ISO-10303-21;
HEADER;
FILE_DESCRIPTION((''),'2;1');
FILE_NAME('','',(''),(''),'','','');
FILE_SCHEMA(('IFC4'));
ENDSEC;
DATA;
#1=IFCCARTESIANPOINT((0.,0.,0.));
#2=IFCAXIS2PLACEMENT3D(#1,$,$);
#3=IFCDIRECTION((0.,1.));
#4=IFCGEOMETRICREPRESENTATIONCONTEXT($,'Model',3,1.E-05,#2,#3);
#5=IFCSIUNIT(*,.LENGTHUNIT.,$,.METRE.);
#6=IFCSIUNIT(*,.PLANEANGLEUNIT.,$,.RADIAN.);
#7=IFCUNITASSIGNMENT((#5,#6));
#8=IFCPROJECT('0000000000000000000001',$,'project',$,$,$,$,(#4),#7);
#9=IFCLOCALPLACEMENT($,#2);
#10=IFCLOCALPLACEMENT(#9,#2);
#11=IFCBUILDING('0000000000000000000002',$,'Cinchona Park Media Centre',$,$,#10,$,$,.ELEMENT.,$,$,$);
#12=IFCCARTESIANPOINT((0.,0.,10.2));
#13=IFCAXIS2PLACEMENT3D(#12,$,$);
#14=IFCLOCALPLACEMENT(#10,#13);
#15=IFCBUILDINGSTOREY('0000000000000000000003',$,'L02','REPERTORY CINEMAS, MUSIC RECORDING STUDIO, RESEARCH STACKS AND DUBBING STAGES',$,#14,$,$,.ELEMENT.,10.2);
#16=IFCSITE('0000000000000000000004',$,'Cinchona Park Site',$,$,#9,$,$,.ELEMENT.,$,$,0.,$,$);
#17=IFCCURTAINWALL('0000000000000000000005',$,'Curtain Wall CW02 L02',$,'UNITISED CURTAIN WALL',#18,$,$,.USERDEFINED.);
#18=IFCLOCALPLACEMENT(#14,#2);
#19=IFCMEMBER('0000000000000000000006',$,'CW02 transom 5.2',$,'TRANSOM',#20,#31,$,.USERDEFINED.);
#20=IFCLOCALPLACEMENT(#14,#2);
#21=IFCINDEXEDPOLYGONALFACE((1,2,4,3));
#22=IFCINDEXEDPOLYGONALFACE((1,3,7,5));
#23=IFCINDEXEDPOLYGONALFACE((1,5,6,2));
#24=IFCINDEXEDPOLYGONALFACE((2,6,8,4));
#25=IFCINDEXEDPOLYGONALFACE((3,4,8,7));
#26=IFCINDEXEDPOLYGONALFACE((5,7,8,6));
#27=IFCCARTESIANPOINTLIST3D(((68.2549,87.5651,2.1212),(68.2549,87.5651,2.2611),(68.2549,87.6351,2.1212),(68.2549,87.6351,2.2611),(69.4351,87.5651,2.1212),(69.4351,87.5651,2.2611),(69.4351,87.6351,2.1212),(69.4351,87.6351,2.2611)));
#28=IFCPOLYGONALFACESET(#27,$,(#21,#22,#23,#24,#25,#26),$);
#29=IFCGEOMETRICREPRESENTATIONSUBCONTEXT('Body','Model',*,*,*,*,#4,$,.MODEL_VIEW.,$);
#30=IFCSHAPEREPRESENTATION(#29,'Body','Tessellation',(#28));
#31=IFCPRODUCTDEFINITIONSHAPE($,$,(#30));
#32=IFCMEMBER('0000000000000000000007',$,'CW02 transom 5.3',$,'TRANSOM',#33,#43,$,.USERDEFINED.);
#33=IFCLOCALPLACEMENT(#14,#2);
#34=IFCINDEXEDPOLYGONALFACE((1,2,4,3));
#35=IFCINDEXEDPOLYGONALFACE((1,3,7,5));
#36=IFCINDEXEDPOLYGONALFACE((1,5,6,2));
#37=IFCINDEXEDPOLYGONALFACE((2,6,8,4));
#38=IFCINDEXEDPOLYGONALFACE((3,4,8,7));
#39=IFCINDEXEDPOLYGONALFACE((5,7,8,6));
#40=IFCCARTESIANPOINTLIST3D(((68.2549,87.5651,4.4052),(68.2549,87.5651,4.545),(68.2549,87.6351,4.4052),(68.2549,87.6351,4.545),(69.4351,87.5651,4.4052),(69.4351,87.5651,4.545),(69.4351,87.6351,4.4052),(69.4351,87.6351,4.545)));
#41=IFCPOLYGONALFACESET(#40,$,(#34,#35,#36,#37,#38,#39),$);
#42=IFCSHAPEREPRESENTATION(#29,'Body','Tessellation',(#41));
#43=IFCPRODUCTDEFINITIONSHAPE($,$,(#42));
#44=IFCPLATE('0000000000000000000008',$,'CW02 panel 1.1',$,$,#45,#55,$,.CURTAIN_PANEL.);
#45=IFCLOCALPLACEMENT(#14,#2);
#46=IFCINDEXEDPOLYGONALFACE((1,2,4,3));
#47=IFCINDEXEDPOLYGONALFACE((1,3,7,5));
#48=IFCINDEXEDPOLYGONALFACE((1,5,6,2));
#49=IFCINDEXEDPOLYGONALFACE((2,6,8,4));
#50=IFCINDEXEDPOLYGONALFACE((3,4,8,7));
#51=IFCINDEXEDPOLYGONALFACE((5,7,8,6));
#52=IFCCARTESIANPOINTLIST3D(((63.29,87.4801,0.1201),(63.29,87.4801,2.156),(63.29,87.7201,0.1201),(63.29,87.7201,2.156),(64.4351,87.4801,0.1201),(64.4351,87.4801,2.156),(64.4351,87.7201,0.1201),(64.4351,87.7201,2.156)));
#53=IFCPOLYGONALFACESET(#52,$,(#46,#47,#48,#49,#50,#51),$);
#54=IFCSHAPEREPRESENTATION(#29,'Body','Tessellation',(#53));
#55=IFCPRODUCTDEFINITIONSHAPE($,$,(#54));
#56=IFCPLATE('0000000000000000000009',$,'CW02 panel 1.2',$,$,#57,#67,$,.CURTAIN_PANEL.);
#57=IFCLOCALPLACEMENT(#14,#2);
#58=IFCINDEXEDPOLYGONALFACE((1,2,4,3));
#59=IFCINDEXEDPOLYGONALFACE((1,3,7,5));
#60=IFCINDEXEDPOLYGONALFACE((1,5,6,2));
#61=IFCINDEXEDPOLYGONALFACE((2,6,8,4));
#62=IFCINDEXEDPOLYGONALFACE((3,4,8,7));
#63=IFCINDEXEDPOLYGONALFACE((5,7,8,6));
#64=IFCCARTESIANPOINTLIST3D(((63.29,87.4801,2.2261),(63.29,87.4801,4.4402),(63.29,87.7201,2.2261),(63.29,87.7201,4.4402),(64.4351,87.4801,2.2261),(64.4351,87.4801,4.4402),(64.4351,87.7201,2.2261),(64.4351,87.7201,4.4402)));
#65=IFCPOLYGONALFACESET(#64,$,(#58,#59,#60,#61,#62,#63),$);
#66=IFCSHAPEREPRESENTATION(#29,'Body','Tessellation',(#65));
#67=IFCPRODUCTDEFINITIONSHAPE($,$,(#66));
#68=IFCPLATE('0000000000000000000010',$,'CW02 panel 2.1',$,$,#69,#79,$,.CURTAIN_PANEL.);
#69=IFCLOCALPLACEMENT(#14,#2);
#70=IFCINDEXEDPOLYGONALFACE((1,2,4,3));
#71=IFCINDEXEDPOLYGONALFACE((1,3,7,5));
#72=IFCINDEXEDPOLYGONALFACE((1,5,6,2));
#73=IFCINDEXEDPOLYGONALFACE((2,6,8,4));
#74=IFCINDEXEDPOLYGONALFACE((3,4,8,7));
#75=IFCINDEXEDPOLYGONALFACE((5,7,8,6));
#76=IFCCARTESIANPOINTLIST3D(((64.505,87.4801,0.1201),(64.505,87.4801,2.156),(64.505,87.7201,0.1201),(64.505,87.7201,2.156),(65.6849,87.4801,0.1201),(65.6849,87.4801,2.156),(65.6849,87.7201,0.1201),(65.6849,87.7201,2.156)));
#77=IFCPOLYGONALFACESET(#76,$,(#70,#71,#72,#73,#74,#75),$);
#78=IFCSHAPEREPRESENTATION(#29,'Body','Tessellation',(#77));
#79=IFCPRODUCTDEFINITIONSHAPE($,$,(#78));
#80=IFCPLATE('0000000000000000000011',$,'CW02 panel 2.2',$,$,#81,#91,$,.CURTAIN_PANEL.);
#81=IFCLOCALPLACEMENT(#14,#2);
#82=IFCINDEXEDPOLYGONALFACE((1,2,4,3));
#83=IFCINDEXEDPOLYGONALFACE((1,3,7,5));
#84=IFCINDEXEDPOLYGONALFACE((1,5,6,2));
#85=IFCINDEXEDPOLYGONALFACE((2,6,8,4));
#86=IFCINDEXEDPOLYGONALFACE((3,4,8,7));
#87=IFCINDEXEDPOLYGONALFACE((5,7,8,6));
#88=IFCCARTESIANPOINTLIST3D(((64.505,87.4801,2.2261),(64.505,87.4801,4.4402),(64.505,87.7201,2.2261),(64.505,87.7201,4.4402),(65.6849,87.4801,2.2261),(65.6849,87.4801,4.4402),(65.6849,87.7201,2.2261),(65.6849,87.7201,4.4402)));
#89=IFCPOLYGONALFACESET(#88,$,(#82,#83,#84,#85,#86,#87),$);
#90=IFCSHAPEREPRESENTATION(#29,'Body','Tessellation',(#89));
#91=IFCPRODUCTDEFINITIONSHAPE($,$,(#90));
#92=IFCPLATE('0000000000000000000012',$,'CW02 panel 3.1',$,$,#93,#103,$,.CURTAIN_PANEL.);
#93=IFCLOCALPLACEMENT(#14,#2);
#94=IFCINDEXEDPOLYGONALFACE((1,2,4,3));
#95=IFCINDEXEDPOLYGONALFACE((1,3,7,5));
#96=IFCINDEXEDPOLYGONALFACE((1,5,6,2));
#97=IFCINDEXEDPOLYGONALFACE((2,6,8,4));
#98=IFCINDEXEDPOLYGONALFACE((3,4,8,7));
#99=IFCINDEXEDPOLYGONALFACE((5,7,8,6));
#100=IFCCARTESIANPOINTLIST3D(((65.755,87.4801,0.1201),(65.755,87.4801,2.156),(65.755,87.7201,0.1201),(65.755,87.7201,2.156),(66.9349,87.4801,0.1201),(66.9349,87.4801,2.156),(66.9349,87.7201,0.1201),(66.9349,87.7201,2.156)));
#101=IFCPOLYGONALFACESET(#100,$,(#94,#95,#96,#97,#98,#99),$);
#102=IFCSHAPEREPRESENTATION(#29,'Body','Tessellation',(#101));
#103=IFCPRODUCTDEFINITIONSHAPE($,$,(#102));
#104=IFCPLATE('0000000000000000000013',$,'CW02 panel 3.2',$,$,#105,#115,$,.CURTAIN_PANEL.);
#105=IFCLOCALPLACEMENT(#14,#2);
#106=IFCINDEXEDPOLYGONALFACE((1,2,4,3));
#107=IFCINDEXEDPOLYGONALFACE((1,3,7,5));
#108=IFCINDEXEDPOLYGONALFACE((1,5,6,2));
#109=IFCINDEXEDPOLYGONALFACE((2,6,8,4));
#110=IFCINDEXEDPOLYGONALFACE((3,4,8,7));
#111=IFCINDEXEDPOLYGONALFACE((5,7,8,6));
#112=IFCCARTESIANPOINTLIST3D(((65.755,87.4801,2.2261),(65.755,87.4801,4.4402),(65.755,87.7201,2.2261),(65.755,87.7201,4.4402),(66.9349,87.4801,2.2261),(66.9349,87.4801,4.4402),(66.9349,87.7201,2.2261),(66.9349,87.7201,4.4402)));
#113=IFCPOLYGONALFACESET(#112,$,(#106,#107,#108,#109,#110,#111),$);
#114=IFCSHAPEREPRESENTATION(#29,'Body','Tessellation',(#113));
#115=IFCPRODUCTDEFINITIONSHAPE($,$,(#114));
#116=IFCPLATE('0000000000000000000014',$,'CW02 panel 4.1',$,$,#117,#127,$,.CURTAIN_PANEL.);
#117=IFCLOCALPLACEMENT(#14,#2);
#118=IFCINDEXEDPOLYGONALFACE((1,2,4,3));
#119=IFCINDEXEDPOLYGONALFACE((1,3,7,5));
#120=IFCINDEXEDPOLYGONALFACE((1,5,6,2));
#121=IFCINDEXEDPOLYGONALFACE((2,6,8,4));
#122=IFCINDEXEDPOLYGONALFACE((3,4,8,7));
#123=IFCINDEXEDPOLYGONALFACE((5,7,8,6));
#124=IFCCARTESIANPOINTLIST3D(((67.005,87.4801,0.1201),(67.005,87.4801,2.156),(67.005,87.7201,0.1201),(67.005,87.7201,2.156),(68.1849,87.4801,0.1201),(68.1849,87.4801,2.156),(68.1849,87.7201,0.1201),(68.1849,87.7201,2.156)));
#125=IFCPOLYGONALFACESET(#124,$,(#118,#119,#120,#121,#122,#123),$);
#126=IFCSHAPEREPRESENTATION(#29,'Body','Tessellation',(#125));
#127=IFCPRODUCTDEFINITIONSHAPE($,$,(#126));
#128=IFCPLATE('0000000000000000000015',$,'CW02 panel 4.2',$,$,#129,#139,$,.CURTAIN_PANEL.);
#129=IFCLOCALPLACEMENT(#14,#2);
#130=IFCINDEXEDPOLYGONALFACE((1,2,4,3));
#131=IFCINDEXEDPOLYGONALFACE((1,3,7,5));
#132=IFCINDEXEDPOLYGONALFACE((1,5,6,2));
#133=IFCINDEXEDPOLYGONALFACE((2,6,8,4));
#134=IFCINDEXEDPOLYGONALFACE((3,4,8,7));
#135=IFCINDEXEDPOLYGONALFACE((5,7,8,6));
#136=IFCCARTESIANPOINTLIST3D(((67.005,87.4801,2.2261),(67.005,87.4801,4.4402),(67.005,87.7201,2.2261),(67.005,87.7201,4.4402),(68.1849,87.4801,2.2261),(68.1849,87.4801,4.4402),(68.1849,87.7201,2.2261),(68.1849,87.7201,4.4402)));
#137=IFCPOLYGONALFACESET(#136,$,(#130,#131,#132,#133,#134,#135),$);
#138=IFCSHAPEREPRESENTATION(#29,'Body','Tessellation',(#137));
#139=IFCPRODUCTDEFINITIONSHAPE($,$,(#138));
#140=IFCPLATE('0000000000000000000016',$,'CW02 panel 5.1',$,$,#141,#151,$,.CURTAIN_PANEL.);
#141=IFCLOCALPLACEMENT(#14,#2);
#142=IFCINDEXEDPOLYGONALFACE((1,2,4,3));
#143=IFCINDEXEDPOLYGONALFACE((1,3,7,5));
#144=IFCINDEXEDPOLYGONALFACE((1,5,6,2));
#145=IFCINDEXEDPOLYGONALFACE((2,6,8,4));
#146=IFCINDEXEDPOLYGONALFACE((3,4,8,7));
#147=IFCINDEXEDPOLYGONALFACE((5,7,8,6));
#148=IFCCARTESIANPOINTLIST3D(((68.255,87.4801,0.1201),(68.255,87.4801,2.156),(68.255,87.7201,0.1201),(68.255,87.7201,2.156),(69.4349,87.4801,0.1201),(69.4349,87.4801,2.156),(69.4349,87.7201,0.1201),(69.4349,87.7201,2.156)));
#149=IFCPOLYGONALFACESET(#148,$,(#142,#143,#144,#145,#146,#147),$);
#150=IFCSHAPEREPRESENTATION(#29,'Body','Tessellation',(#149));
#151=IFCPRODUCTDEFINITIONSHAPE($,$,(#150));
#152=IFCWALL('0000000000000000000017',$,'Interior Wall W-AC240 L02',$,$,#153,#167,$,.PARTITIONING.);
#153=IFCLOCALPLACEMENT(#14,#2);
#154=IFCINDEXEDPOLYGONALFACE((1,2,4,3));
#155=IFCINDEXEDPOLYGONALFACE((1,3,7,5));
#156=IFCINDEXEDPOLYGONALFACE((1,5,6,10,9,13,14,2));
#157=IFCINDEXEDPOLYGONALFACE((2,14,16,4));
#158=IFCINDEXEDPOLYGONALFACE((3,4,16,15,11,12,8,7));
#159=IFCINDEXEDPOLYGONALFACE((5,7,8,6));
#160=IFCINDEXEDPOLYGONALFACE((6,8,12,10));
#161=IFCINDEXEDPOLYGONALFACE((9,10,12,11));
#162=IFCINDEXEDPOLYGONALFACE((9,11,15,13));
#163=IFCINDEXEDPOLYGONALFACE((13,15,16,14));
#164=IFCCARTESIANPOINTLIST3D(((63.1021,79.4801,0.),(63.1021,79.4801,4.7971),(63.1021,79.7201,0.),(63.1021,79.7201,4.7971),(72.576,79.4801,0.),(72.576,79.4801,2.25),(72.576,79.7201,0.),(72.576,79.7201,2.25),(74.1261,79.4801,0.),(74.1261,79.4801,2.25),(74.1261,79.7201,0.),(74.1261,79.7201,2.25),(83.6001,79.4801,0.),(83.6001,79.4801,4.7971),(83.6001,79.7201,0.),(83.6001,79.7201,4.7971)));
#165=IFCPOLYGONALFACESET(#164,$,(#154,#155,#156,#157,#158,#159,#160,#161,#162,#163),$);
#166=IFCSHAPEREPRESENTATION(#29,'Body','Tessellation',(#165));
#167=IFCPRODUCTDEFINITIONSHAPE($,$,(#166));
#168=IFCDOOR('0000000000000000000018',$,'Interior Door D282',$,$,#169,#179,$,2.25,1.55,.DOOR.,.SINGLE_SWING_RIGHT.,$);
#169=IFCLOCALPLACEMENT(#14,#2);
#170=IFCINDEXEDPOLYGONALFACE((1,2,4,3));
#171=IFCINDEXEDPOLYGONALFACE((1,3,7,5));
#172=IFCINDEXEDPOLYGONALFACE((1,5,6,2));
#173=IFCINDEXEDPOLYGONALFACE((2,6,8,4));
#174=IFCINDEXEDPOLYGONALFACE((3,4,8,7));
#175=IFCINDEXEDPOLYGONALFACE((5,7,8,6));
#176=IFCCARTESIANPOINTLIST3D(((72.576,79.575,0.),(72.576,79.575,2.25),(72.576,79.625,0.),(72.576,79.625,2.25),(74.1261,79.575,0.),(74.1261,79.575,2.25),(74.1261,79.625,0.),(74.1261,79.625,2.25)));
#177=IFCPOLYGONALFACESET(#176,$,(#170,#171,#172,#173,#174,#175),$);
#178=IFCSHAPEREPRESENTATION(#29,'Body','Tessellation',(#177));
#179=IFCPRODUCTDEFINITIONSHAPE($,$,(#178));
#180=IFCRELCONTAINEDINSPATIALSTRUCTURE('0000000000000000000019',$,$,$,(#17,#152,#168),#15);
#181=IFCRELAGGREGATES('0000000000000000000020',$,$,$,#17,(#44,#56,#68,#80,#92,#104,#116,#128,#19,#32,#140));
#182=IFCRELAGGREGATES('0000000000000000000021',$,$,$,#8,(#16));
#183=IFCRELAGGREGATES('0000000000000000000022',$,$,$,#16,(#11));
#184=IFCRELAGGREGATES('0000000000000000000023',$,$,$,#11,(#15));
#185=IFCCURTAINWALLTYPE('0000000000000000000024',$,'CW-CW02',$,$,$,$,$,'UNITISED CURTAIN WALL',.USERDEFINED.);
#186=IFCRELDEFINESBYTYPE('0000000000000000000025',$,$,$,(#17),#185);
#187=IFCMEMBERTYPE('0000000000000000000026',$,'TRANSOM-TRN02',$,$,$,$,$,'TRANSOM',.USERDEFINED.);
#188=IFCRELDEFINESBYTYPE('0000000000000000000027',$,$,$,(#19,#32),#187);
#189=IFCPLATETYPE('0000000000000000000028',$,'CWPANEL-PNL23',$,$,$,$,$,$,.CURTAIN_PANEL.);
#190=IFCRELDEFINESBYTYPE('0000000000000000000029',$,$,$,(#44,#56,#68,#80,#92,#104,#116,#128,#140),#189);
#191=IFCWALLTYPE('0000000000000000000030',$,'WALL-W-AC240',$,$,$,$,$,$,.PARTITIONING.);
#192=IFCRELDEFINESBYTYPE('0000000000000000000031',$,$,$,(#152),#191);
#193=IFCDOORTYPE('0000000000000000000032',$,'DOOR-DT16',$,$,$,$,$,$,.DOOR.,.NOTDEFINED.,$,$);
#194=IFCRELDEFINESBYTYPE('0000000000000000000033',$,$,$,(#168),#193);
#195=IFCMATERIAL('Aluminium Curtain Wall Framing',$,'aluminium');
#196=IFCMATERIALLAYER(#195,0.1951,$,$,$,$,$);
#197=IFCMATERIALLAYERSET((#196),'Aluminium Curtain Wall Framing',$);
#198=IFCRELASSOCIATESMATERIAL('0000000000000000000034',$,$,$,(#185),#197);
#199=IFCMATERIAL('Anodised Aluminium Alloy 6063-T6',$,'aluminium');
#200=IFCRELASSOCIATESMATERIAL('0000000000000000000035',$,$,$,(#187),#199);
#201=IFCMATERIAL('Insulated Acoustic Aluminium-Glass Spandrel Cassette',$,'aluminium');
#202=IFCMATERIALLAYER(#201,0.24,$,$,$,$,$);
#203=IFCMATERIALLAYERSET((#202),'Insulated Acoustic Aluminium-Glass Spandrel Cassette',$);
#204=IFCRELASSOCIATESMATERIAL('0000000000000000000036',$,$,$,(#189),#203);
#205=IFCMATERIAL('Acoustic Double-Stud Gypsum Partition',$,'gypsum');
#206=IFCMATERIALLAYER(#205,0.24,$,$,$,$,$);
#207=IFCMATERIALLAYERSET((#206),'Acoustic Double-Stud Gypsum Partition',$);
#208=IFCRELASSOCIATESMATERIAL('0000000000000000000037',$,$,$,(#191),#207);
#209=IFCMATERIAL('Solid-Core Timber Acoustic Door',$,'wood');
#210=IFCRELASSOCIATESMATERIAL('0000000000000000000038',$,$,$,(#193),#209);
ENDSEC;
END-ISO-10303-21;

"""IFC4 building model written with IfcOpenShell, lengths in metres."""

from ifc_helpers import new_model, si_unit, direction, frame, frame_2d, origin, origin_2d, place, context, subcontext, project, spatial, rectangle, extrude, material, layer, layer_set, material_profile, profile_set, type_object, element, fill, aggregate, save


model = new_model("IFC4")

# Units and contexts
model_context = context("Model", 3, precision=1e-05, world=origin(), true_north=direction((0.0, 1.0)))
body_context = subcontext(model_context, "Body", "Model", "MODEL_VIEW")
ifc_project = project(units=[si_unit("LENGTHUNIT", "METRE"), si_unit("PLANEANGLEUNIT", "RADIAN")], contexts=[model_context])

# Site, building, storey
site_placement = place(None, origin())
site = spatial("IfcSite", under=ifc_project, at=site_placement, Name="Cinchona Park Site", CompositionType="ELEMENT", RefElevation=0.0)
building_placement = place(site_placement, origin())
building = spatial("IfcBuilding", under=site, at=building_placement, Name="Cinchona Park Media Centre", CompositionType="ELEMENT")
storey_placement = place(building_placement, frame((0.0, 0.0, 10.2)))
storey = spatial("IfcBuildingStorey", under=building, at=storey_placement, Name="L02", Description="REPERTORY CINEMAS, MUSIC RECORDING STUDIO, RESEARCH STACKS AND DUBBING STAGES", CompositionType="ELEMENT", Elevation=10.2)

# Curtain wall
ifc_material_1 = material(Name="Aluminium Curtain Wall Framing", Category="aluminium")
ifc_layer_1 = layer(ifc_material_1, 0.1951)
ifc_layer_set_1 = layer_set([ifc_layer_1], Name="Aluminium Curtain Wall Framing")
curtain_wall_type_1 = type_object("IfcCurtainWallType", Name="CW-CW02", ElementType="UNITISED CURTAIN WALL", PredefinedType="USERDEFINED", material=ifc_layer_set_1)
curtain_wall_1_placement = place(storey_placement, origin())
curtain_wall_1 = element("IfcCurtainWall", 1, at=curtain_wall_1_placement, inside=storey, type_object=curtain_wall_type_1, Name="Curtain Wall CW02 L02", ObjectType="UNITISED CURTAIN WALL", PredefinedType="USERDEFINED")

# Members
ifc_material_2 = material(Name="Anodised Aluminium Alloy 6063-T6", Category="aluminium")
ifc_material_profile_1 = material_profile(ifc_material_2, rectangle(XDim=0.0701, YDim=0.1399, at=origin_2d()), Name="TRN-70X140")
ifc_profile_set_1 = profile_set([ifc_material_profile_1], Name="Anodised Aluminium Alloy 6063-T6")
member_type_1 = type_object("IfcMemberType", Name="TRANSOM-TRN02", ElementType="TRANSOM", PredefinedType="USERDEFINED", material=ifc_profile_set_1)
member_1_placement = place(storey_placement, frame((68.2549, 87.6001, 2.1912), z_axis=(1.0, 0.0, 0.0), x_axis=(0.0, 1.0, 0.0)))
member_1 = element("IfcMember", 2, at=member_1_placement, type_object=member_type_1, Name="CW02 transom 5.2", ObjectType="TRANSOM", PredefinedType="USERDEFINED", context=body_context, shape_type="SweptSolid", body=[
    extrude(rectangle(XDim=0.0701, YDim=0.1399, at=origin_2d()), origin(), (0.0, 0.0, 1.0), 1.1802),
])
member_2_placement = place(storey_placement, frame((68.2549, 87.6001, 4.4751), z_axis=(1.0, 0.0, 0.0), x_axis=(0.0, 1.0, 0.0)))
member_2 = element("IfcMember", 3, at=member_2_placement, type_object=member_type_1, Name="CW02 transom 5.3", ObjectType="TRANSOM", PredefinedType="USERDEFINED", context=body_context, shape_type="SweptSolid", body=[
    extrude(rectangle(XDim=0.0701, YDim=0.1399, at=origin_2d()), origin(), (0.0, 0.0, 1.0), 1.1802),
])

# Plates
ifc_material_3 = material(Name="Insulated Acoustic Aluminium-Glass Spandrel Cassette", Category="aluminium")
ifc_layer_2 = layer(ifc_material_3, 0.24)
ifc_layer_set_2 = layer_set([ifc_layer_2], Name="Insulated Acoustic Aluminium-Glass Spandrel Cassette")
plate_type = type_object("IfcPlateType", Name="CWPANEL-PNL23", PredefinedType="CURTAIN_PANEL", material=ifc_layer_set_2)
plate_1_placement = place(storey_placement, frame((63.8625, 87.6001, 0.1201), z_axis=(0.0, 0.0, 1.0), x_axis=(1.0, 0.0, 0.0)))
plate_1 = element("IfcPlate", 4, at=plate_1_placement, type_object=plate_type, Name="CW02 panel 1.1", PredefinedType="CURTAIN_PANEL", context=body_context, shape_type="SweptSolid", body=[
    extrude(rectangle(XDim=1.145, YDim=0.24, at=origin_2d()), origin(), (0.0, 0.0, 1.0), 2.0359),
])
plate_2_placement = place(storey_placement, frame((63.8625, 87.6001, 2.2261), z_axis=(0.0, 0.0, 1.0), x_axis=(1.0, 0.0, 0.0)))
plate_2 = element("IfcPlate", 5, at=plate_2_placement, type_object=plate_type, Name="CW02 panel 1.2", PredefinedType="CURTAIN_PANEL", context=body_context, shape_type="SweptSolid", body=[
    extrude(rectangle(XDim=1.145, YDim=0.24, at=origin_2d()), origin(), (0.0, 0.0, 1.0), 2.2141),
])
plate_3_placement = place(storey_placement, frame((65.095, 87.6001, 0.1201), z_axis=(0.0, 0.0, 1.0), x_axis=(1.0, 0.0, 0.0)))
plate_3 = element("IfcPlate", 6, at=plate_3_placement, type_object=plate_type, Name="CW02 panel 2.1", PredefinedType="CURTAIN_PANEL", context=body_context, shape_type="SweptSolid", body=[
    extrude(rectangle(XDim=1.1799, YDim=0.24, at=origin_2d()), origin(), (0.0, 0.0, 1.0), 2.0359),
])
plate_4_placement = place(storey_placement, frame((65.095, 87.6001, 2.2261), z_axis=(0.0, 0.0, 1.0), x_axis=(1.0, 0.0, 0.0)))
plate_4 = element("IfcPlate", 7, at=plate_4_placement, type_object=plate_type, Name="CW02 panel 2.2", PredefinedType="CURTAIN_PANEL", context=body_context, shape_type="SweptSolid", body=[
    extrude(rectangle(XDim=1.1799, YDim=0.24, at=origin_2d()), origin(), (0.0, 0.0, 1.0), 2.2141),
])
plate_5_placement = place(storey_placement, frame((66.345, 87.6001, 0.1201), z_axis=(0.0, 0.0, 1.0), x_axis=(1.0, 0.0, 0.0)))
plate_5 = element("IfcPlate", 8, at=plate_5_placement, type_object=plate_type, Name="CW02 panel 3.1", PredefinedType="CURTAIN_PANEL", context=body_context, shape_type="SweptSolid", body=[
    extrude(rectangle(XDim=1.1799, YDim=0.24, at=origin_2d()), origin(), (0.0, 0.0, 1.0), 2.0359),
])
plate_6_placement = place(storey_placement, frame((66.345, 87.6001, 2.2261), z_axis=(0.0, 0.0, 1.0), x_axis=(1.0, 0.0, 0.0)))
plate_6 = element("IfcPlate", 9, at=plate_6_placement, type_object=plate_type, Name="CW02 panel 3.2", PredefinedType="CURTAIN_PANEL", context=body_context, shape_type="SweptSolid", body=[
    extrude(rectangle(XDim=1.1799, YDim=0.24, at=origin_2d()), origin(), (0.0, 0.0, 1.0), 2.2141),
])
plate_7_placement = place(storey_placement, frame((67.595, 87.6001, 0.1201), z_axis=(0.0, 0.0, 1.0), x_axis=(1.0, 0.0, 0.0)))
plate_7 = element("IfcPlate", 10, at=plate_7_placement, type_object=plate_type, Name="CW02 panel 4.1", PredefinedType="CURTAIN_PANEL", context=body_context, shape_type="SweptSolid", body=[
    extrude(rectangle(XDim=1.1799, YDim=0.24, at=origin_2d()), origin(), (0.0, 0.0, 1.0), 2.0359),
])
plate_8_placement = place(storey_placement, frame((67.595, 87.6001, 2.2261), z_axis=(0.0, 0.0, 1.0), x_axis=(1.0, 0.0, 0.0)))
plate_8 = element("IfcPlate", 11, at=plate_8_placement, type_object=plate_type, Name="CW02 panel 4.2", PredefinedType="CURTAIN_PANEL", context=body_context, shape_type="SweptSolid", body=[
    extrude(rectangle(XDim=1.1799, YDim=0.24, at=origin_2d()), origin(), (0.0, 0.0, 1.0), 2.2141),
])
plate_9_placement = place(storey_placement, frame((68.845, 87.6001, 0.1201), z_axis=(0.0, 0.0, 1.0), x_axis=(1.0, 0.0, 0.0)))
plate_9 = element("IfcPlate", 12, at=plate_9_placement, type_object=plate_type, Name="CW02 panel 5.1", PredefinedType="CURTAIN_PANEL", context=body_context, shape_type="SweptSolid", body=[
    extrude(rectangle(XDim=1.1799, YDim=0.24, at=origin_2d()), origin(), (0.0, 0.0, 1.0), 2.0359),
])
aggregate(curtain_wall_1, [plate_1, plate_2, plate_3, plate_4, plate_5, plate_6, plate_7, plate_8, member_1, member_2, plate_9])

# Wall, opening, door
ifc_material_4 = material(Name="Acoustic Double-Stud Gypsum Partition", Category="gypsum")
ifc_layer_3 = layer(ifc_material_4, 0.24)
ifc_layer_set_3 = layer_set([ifc_layer_3], Name="Acoustic Double-Stud Gypsum Partition")
wall_type = type_object("IfcWallType", Name="WALL-W-AC240", PredefinedType="PARTITIONING", material=ifc_layer_set_3)
wall_placement = place(storey_placement, frame((63.1021, 79.6001, 0.0), z_axis=(0.0, 0.0, 1.0), x_axis=(1.0, 0.0, 0.0)))
wall = element("IfcWall", 13, at=wall_placement, inside=storey, type_object=wall_type, Name="Interior Wall W-AC240 L02", PredefinedType="PARTITIONING", context=body_context, shape_type="SweptSolid", body=[
    extrude(rectangle(XDim=20.498, YDim=0.24, at=frame_2d((10.249, 0.0))), origin(), (0.0, 0.0, 1.0), 4.7971),
])
opening_placement = place(wall_placement, frame((9.4741, 0.0, 0.0)))
opening = element("IfcOpeningElement", 14, at=opening_placement, cuts=wall, PredefinedType="OPENING", context=body_context, shape_type="SweptSolid", body=[
    extrude(rectangle(XDim=1.55, YDim=2.25, at=frame_2d((0.7749, 1.125))), frame((0.0, 0.1299, 0.0), z_axis=(0.0, -1.0, 0.0), x_axis=(1.0, 0.0, 0.0)), (0.0, 0.0, 1.0), 0.26),
])
ifc_material_5 = material(Name="Solid-Core Timber Acoustic Door", Category="wood")
door_type = type_object("IfcDoorType", Name="DOOR-DT16", OperationType="NOTDEFINED", PredefinedType="DOOR", material=ifc_material_5)
door_placement = place(opening_placement, origin())
door = element("IfcDoor", 15, at=door_placement, inside=storey, type_object=door_type, Name="Interior Door D282", OperationType="SINGLE_SWING_RIGHT", OverallHeight=2.25, OverallWidth=1.55, PredefinedType="DOOR", context=body_context, shape_type="SweptSolid", body=[
    extrude(rectangle(XDim=1.55, YDim=2.25, at=frame_2d((0.7749, 1.125))), frame((0.0, 0.0249, 0.0), z_axis=(0.0, -1.0, 0.0), x_axis=(1.0, 0.0, 0.0)), (0.0, 0.0, 1.0), 0.05),
])
fill(opening, door)

save(model, "model.ifc")
